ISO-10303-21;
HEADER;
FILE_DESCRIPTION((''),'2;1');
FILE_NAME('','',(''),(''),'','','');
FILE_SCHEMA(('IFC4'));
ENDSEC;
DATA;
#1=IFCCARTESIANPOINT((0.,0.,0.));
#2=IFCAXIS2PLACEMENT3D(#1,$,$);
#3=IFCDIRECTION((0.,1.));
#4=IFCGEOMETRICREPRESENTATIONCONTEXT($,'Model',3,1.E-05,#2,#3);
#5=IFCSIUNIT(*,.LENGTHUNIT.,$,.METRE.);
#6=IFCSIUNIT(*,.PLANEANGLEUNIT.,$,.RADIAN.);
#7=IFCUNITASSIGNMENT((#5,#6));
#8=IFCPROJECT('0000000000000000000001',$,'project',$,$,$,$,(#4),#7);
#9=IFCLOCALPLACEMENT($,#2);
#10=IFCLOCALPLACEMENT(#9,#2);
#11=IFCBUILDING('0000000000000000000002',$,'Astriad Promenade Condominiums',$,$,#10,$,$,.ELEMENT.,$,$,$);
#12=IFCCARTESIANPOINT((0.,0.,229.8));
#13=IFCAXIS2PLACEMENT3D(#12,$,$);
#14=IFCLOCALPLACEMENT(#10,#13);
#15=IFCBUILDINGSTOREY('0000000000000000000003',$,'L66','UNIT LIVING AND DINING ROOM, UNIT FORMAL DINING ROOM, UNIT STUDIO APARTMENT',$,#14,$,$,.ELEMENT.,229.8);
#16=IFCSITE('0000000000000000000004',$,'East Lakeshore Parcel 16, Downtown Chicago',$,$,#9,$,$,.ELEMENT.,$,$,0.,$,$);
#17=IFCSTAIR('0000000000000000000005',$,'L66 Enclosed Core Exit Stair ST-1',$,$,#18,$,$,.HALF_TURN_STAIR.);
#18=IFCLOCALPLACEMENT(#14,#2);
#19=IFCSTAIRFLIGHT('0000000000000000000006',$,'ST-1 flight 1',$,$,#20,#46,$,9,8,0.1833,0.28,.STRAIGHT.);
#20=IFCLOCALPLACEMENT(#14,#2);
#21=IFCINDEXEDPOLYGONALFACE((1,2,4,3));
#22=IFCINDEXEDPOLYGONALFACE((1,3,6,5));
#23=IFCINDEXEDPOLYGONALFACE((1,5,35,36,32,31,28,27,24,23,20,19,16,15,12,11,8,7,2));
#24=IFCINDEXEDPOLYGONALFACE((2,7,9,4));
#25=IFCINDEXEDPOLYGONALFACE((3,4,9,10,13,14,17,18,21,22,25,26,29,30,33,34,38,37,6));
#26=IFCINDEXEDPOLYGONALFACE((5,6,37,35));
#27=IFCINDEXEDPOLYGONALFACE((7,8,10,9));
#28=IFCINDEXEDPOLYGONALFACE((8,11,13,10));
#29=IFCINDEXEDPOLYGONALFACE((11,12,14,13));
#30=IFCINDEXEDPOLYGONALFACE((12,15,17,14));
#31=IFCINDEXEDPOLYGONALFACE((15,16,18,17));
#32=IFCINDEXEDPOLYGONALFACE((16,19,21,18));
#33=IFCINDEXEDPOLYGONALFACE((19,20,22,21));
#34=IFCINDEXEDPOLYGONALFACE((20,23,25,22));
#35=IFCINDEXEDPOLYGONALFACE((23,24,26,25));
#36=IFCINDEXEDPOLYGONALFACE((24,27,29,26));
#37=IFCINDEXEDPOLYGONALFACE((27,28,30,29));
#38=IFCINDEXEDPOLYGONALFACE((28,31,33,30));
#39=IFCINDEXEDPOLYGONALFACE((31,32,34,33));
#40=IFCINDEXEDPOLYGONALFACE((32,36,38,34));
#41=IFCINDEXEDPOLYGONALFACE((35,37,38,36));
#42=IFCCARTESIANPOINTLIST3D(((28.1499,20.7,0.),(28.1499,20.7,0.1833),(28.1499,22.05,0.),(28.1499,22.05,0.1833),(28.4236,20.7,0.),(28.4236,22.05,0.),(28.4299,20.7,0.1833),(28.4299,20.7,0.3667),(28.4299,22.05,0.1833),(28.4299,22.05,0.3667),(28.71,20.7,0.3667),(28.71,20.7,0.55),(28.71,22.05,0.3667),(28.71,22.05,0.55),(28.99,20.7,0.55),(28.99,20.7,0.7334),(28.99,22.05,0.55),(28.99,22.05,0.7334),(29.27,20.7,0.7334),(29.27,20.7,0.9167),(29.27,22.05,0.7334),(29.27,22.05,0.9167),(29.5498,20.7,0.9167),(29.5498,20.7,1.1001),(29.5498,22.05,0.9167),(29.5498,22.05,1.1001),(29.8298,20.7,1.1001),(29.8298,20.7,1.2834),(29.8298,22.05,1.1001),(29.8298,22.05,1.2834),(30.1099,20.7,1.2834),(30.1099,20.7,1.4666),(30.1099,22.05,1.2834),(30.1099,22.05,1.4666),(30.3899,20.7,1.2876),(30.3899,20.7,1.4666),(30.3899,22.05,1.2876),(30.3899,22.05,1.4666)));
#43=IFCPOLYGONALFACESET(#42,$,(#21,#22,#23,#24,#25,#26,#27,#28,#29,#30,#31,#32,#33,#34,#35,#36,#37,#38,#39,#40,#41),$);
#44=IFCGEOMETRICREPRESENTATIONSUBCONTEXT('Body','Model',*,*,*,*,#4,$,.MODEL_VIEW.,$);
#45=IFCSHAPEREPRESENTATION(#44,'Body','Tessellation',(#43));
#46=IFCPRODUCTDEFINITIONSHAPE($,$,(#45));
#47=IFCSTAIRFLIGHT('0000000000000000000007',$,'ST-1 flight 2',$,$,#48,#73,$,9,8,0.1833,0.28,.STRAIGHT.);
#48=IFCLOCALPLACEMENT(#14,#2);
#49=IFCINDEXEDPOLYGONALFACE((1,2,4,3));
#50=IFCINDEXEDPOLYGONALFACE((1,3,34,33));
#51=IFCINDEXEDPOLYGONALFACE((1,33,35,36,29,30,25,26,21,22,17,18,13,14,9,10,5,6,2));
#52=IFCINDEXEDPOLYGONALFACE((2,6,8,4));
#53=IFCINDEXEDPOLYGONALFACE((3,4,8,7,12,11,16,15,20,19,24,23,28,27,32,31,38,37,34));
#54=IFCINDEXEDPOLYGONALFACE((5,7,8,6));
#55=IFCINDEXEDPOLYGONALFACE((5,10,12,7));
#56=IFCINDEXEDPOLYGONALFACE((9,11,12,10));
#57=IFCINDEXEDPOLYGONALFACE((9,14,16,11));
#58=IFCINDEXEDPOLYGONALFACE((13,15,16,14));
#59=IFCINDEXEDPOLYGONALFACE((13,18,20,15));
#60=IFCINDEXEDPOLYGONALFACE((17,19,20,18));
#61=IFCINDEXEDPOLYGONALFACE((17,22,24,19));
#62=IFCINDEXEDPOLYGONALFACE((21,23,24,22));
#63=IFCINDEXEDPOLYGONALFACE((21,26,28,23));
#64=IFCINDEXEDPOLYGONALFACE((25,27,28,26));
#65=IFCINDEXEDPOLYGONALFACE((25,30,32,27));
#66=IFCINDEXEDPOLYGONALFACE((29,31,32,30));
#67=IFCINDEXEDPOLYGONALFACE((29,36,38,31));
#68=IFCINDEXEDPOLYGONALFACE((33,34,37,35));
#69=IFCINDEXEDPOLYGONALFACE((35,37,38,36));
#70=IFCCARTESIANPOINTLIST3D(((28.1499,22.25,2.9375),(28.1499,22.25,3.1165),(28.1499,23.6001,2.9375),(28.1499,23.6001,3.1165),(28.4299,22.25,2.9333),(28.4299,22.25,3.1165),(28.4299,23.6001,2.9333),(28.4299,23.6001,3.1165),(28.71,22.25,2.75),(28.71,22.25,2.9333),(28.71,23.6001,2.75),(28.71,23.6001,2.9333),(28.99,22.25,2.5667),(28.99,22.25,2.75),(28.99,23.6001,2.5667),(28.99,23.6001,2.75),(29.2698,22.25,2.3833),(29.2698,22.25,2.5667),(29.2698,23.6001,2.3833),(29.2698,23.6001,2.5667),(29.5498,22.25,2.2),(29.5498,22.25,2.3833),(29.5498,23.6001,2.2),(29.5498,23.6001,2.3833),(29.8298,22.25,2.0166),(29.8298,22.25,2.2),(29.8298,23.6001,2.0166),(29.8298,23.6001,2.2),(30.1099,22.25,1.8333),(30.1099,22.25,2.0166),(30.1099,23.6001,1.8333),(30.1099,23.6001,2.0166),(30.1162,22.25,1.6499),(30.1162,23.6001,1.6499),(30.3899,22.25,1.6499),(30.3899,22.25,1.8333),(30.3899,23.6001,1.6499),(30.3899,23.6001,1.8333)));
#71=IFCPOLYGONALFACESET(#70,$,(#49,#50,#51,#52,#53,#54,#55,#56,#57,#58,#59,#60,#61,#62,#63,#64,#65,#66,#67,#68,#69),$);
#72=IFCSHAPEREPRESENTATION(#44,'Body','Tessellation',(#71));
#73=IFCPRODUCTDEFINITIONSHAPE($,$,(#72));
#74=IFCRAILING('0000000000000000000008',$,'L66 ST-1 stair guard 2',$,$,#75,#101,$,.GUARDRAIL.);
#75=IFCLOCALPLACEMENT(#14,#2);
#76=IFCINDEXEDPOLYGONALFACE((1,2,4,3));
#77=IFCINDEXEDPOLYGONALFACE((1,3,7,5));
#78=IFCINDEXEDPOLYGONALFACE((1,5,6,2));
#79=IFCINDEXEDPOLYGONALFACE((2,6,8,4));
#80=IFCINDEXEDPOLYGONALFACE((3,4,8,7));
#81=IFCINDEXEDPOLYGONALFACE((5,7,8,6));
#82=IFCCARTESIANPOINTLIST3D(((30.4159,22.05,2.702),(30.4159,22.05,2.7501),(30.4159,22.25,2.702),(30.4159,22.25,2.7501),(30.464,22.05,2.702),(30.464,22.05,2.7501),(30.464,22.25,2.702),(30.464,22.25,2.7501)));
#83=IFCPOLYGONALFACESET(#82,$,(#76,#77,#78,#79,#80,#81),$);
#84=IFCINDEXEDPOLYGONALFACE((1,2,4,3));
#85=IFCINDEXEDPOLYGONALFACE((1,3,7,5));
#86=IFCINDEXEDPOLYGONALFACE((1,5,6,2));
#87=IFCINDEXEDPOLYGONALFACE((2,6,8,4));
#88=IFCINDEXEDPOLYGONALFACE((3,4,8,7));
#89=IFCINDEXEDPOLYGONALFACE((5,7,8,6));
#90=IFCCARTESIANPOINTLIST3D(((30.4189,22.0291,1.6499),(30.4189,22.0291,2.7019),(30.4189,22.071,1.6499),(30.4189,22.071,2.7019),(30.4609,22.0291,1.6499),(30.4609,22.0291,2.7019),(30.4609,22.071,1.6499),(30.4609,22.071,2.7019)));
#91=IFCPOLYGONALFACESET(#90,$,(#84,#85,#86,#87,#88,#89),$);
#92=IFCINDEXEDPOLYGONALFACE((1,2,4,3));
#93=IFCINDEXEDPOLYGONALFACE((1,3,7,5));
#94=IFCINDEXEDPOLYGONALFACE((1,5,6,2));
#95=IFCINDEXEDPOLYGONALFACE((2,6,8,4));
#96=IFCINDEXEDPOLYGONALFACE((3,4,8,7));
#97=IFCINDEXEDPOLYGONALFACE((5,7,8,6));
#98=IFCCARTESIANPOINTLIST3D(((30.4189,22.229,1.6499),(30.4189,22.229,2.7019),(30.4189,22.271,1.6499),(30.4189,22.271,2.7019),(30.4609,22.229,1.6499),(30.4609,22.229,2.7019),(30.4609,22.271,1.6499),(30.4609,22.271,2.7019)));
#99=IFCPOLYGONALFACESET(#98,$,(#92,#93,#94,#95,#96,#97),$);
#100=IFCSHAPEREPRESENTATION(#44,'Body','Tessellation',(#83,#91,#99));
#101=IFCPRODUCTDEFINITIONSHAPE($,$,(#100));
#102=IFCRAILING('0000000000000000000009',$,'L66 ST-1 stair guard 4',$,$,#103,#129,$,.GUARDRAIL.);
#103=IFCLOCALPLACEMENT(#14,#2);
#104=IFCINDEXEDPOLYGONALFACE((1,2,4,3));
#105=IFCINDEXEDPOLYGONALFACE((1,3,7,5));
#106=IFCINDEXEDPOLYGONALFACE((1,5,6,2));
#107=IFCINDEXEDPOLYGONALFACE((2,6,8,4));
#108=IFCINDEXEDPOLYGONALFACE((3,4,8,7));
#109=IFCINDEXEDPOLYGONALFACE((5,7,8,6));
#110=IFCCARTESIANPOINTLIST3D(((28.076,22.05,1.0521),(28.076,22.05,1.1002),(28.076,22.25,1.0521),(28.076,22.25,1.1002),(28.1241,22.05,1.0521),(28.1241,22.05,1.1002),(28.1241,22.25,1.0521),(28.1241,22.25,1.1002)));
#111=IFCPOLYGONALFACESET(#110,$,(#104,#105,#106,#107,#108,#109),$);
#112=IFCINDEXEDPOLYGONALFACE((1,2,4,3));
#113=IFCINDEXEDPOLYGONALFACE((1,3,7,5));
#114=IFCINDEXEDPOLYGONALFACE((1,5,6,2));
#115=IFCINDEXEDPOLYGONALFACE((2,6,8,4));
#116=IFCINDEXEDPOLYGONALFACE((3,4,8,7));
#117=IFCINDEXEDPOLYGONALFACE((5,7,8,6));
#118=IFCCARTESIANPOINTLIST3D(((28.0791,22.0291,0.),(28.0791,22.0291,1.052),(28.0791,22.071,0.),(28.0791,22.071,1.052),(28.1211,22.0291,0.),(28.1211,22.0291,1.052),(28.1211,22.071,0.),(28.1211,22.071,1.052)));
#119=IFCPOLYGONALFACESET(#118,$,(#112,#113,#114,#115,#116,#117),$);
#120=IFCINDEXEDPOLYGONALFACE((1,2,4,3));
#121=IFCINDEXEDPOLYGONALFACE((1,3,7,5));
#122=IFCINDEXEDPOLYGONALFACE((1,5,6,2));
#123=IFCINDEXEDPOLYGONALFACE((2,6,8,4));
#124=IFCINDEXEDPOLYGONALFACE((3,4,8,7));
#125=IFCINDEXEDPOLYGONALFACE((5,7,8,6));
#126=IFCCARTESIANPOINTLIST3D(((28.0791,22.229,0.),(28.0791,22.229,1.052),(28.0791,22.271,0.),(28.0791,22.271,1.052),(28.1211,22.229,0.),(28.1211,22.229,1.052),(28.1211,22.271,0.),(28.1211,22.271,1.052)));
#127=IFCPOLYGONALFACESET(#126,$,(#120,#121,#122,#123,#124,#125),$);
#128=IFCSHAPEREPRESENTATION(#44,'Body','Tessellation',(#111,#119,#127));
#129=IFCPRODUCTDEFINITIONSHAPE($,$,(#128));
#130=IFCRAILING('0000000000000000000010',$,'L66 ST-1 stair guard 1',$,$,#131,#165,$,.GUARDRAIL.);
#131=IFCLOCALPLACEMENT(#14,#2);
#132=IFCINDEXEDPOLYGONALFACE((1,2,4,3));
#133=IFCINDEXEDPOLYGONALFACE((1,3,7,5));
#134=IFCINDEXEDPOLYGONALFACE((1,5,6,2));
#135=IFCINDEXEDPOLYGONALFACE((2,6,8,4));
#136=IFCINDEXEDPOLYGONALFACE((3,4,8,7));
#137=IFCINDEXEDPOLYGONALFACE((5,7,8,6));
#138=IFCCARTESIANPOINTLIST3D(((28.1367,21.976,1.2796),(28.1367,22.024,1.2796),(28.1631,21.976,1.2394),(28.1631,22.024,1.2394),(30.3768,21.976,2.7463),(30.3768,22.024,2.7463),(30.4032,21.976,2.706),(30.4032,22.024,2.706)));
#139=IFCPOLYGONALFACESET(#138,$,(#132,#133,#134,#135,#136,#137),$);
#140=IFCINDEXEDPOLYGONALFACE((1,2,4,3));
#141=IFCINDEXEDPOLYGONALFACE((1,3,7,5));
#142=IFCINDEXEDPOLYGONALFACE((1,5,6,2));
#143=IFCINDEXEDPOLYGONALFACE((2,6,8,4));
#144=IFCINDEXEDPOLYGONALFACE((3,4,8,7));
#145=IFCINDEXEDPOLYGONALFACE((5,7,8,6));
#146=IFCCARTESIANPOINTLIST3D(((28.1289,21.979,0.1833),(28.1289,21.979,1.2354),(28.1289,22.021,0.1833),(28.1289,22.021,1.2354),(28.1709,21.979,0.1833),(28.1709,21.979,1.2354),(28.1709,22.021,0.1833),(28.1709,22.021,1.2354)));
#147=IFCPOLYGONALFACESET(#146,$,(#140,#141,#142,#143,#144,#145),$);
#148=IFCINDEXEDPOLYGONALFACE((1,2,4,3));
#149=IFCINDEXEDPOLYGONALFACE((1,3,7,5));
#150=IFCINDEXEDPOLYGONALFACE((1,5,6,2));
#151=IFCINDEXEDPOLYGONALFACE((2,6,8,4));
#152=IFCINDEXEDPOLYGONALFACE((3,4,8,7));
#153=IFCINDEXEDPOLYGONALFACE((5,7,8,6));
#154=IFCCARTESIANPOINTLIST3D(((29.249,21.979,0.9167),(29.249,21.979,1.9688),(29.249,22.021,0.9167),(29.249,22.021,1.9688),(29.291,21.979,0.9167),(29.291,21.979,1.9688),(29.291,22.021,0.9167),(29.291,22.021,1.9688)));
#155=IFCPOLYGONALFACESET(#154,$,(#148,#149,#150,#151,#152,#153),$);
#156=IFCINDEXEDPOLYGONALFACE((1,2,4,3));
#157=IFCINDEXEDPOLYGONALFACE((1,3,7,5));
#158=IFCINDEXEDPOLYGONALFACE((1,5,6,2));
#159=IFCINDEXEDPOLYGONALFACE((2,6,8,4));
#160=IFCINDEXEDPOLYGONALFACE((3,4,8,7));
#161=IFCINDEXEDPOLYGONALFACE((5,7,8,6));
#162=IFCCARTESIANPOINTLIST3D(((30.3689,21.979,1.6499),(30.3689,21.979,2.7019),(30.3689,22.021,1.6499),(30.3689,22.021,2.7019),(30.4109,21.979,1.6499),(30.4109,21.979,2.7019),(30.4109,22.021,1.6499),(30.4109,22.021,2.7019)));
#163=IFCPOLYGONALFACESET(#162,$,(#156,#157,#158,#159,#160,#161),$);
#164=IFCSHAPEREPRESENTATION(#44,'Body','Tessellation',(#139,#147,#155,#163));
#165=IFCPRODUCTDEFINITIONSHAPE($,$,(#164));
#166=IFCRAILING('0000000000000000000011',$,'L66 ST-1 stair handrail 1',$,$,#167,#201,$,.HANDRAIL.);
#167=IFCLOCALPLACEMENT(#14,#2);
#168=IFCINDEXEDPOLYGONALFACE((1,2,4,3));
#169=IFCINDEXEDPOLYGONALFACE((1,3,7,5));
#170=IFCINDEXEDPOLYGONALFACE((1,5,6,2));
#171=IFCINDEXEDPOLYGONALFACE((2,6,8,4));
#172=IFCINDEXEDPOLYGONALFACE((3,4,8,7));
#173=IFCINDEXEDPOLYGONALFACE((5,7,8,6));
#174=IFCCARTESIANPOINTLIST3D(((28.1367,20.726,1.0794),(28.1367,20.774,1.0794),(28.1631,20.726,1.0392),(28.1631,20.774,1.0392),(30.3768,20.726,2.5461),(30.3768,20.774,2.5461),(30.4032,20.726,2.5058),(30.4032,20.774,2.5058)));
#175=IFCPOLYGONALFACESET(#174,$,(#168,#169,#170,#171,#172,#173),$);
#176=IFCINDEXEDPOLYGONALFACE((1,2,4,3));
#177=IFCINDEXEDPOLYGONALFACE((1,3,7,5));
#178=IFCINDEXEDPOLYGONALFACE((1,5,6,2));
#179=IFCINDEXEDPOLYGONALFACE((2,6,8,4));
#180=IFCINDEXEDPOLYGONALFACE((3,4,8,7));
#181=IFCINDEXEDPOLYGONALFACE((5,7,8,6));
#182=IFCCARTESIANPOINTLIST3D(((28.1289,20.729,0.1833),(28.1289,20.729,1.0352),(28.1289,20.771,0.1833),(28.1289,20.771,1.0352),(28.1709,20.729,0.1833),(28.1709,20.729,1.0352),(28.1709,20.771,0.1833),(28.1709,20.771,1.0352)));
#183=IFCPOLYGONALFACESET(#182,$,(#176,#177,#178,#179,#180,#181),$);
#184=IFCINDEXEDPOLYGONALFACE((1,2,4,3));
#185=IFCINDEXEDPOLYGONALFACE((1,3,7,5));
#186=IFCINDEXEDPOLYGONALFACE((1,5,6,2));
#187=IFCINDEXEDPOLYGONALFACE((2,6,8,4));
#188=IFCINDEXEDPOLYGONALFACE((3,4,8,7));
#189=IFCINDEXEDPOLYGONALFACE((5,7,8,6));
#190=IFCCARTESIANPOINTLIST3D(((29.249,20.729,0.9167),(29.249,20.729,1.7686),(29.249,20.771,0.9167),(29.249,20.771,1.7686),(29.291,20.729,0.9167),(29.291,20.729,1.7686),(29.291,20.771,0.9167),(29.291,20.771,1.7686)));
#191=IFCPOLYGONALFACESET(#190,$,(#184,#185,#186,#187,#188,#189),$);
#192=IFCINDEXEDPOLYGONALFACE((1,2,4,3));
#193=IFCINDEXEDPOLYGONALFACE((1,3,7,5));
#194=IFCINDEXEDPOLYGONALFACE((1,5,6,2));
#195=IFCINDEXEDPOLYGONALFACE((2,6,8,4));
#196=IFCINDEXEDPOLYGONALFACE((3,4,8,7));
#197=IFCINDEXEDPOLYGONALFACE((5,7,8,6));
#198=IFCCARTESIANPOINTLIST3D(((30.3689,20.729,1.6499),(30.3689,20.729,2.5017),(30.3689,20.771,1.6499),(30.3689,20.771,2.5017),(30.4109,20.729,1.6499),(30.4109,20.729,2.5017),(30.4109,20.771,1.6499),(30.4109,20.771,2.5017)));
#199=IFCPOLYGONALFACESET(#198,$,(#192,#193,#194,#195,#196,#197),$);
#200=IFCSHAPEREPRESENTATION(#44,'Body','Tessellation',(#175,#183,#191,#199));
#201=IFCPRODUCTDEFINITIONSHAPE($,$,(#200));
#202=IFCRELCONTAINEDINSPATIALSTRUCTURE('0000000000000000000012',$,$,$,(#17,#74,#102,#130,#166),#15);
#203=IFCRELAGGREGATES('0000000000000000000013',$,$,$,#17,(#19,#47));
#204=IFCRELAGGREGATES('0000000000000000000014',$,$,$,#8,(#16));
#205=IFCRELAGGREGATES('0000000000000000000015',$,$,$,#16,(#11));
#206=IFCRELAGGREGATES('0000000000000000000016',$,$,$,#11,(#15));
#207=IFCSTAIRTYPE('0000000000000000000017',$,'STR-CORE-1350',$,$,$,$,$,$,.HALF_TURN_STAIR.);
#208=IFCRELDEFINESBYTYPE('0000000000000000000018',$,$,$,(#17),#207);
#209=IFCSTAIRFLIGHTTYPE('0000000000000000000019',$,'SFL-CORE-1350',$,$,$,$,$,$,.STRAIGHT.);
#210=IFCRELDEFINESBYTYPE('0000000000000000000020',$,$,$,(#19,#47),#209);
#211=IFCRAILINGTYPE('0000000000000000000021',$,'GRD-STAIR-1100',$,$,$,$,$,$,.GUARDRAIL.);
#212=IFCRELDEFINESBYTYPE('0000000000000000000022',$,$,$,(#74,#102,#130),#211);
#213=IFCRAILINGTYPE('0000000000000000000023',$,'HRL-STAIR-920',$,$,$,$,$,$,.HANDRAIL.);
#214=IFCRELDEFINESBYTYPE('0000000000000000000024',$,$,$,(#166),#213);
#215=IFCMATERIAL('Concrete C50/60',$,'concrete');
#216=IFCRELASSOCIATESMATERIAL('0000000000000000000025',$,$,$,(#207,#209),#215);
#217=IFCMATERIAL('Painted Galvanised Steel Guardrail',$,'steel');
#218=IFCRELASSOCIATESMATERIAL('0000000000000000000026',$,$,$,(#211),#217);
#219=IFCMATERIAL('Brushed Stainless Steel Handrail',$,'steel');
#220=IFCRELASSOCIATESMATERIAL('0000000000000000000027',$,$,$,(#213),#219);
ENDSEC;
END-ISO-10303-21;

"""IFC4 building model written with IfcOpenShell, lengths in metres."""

from ifc_helpers import new_model, si_unit, direction, frame, origin, origin_2d, place, context, subcontext, project, spatial, polyline, rectangle, outline, extrude, source, transform, mapped, material, type_object, type_shapes, element, aggregate, save


model = new_model("IFC4")

# Units and contexts
model_context = context("Model", 3, precision=1e-05, world=origin(), true_north=direction((0.0, 1.0)))
body_context = subcontext(model_context, "Body", "Model", "MODEL_VIEW")
ifc_project = project(units=[si_unit("LENGTHUNIT", "METRE"), si_unit("PLANEANGLEUNIT", "RADIAN")], contexts=[model_context])

# Site, building, storey
site_placement = place(None, origin())
site = spatial("IfcSite", under=ifc_project, at=site_placement, Name="East Lakeshore Parcel 16, Downtown Chicago", CompositionType="ELEMENT", RefElevation=0.0)
building_placement = place(site_placement, origin())
building = spatial("IfcBuilding", under=site, at=building_placement, Name="Astriad Promenade Condominiums", CompositionType="ELEMENT")
storey_placement = place(building_placement, frame((0.0, 0.0, 229.8)))
storey = spatial("IfcBuildingStorey", under=building, at=storey_placement, Name="L66", Description="UNIT LIVING AND DINING ROOM, UNIT FORMAL DINING ROOM, UNIT STUDIO APARTMENT", CompositionType="ELEMENT", Elevation=229.8)

# Stair, stair flights
ifc_material_1 = material(Name="Concrete C50/60", Category="concrete")
stair_type = type_object("IfcStairType", Name="STR-CORE-1350", PredefinedType="HALF_TURN_STAIR", material=ifc_material_1)
stair_placement = place(storey_placement, origin())
stair = element("IfcStair", 1, at=stair_placement, inside=storey, type_object=stair_type, Name="L66 Enclosed Core Exit Stair ST-1", PredefinedType="HALF_TURN_STAIR")
stair_flight_type = type_object("IfcStairFlightType", Name="SFL-CORE-1350", PredefinedType="STRAIGHT", material=ifc_material_1)
shared_shape_1 = source(origin(), body_context, "Body", "SweptSolid", [
    extrude(outline(polyline([(0.0, 0.0), (0.0, 0.1833), (0.28, 0.1833), (0.28, 0.3667), (0.5601, 0.3667), (0.5601, 0.55), (0.8401, 0.55), (0.8401, 0.7334), (1.1201, 0.7334), (1.1201, 0.9167), (1.3999, 0.9167), (1.3999, 1.1001), (1.6799, 1.1001), (1.6799, 1.2834), (1.96, 1.2834), (1.96, 1.4666), (2.24, 1.4666), (2.24, 1.6499), (2.24, 1.2876), (0.2737, 0.0), (0.0, 0.0)])), frame((0.0, 0.675, 0.0), z_axis=(0.0, -1.0, 0.0), x_axis=(1.0, 0.0, 0.0)), (0.0, 0.0, 1.0), 1.3501),
])
type_shapes(stair_flight_type, [shared_shape_1])
stair_flight_1_placement = place(storey_placement, frame((28.1499, 21.375, 0.0), z_axis=(0.0, 0.0, 1.0), x_axis=(1.0, 0.0, 0.0)))
stair_flight_1 = element("IfcStairFlight", 2, at=stair_flight_1_placement, type_object=stair_flight_type, Name="ST-1 flight 1", NumberOfRisers=9, NumberOfTreads=8, PredefinedType="STRAIGHT", RiserHeight=0.1833, TreadLength=0.28, context=body_context, shape_type="MappedRepresentation", body=[
    mapped(shared_shape_1, transform((0.0, 0.0, 0.0), scale=1.0)),
])
stair_flight_2_placement = place(storey_placement, frame((30.3899, 22.925, 1.6499), z_axis=(0.0, 0.0, 1.0), x_axis=(-1.0, 0.0, 0.0)))
stair_flight_2 = element("IfcStairFlight", 3, at=stair_flight_2_placement, type_object=stair_flight_type, Name="ST-1 flight 2", NumberOfRisers=9, NumberOfTreads=8, PredefinedType="STRAIGHT", RiserHeight=0.1833, TreadLength=0.28, context=body_context, shape_type="MappedRepresentation", body=[
    mapped(shared_shape_1, transform((0.0, 0.0, 0.0), scale=1.0)),
])
aggregate(stair, [stair_flight_1, stair_flight_2])

# Railings
ifc_material_2 = material(Name="Painted Galvanised Steel Guardrail", Category="steel")
railing_type_1 = type_object("IfcRailingType", Name="GRD-STAIR-1100", PredefinedType="GUARDRAIL", material=ifc_material_2)
shared_shape_2 = source(origin(), body_context, "Body", "SweptSolid", [
    extrude(rectangle(XDim=0.0481, YDim=0.0481, at=origin_2d()), frame((0.0, 0.0, 1.0762), z_axis=(0.0, 1.0, 0.0), x_axis=(-1.0, 0.0, 0.0)), (0.0, 0.0, 1.0), 0.2),
    extrude(rectangle(XDim=0.042, YDim=0.042, at=origin_2d()), origin(), (0.0, 0.0, 1.0), 1.052),
    extrude(rectangle(XDim=0.042, YDim=0.042, at=origin_2d()), frame((0.0, 0.2, 0.0)), (0.0, 0.0, 1.0), 1.052),
])
for number, where, name in (
    (4, (30.4399, 22.05, 1.6499), "L66 ST-1 stair guard 2"),
    (5, (28.1001, 22.05, 0.0), "L66 ST-1 stair guard 4"),
):
    element("IfcRailing", number, at=place(storey_placement, frame(where)), inside=storey, type_object=railing_type_1, Name=name, PredefinedType="GUARDRAIL", context=body_context, shape_type="MappedRepresentation", body=[
        mapped(shared_shape_2, transform((0.0, 0.0, 0.0), scale=1.0)),
    ])
shared_shape_3 = source(origin(), body_context, "Body", "SweptSolid", [
    extrude(rectangle(XDim=0.0481, YDim=0.0481, at=origin_2d()), frame((0.0, 0.0, 1.0762), z_axis=(0.836637, 0.0, 0.547758), x_axis=(0.0, 1.0, 0.0)), (0.0, 0.0, 1.0), 2.6775),
    extrude(rectangle(XDim=0.042, YDim=0.042, at=origin_2d()), origin(), (0.0, 0.0, 1.0), 1.052),
    extrude(rectangle(XDim=0.042, YDim=0.042, at=origin_2d()), frame((1.1201, 0.0, 0.7334)), (0.0, 0.0, 1.0), 1.052),
    extrude(rectangle(XDim=0.042, YDim=0.042, at=origin_2d()), frame((2.24, 0.0, 1.4666)), (0.0, 0.0, 1.0), 1.052),
])
railing_1_placement = place(storey_placement, frame((28.1499, 22.0, 0.1833)))
element("IfcRailing", 6, at=railing_1_placement, inside=storey, type_object=railing_type_1, Name="L66 ST-1 stair guard 1", PredefinedType="GUARDRAIL", context=body_context, shape_type="MappedRepresentation", body=[
    mapped(shared_shape_3, transform((0.0, 0.0, 0.0), scale=1.0)),
])
ifc_material_3 = material(Name="Brushed Stainless Steel Handrail", Category="steel")
railing_type_2 = type_object("IfcRailingType", Name="HRL-STAIR-920", PredefinedType="HANDRAIL", material=ifc_material_3)
shared_shape_4 = source(origin(), body_context, "Body", "SweptSolid", [
    extrude(rectangle(XDim=0.0481, YDim=0.0481, at=origin_2d()), frame((0.0, 0.0, 0.876), z_axis=(0.836637, 0.0, 0.547758), x_axis=(0.0, 1.0, 0.0)), (0.0, 0.0, 1.0), 2.6775),
    extrude(rectangle(XDim=0.042, YDim=0.042, at=origin_2d()), origin(), (0.0, 0.0, 1.0), 0.8518),
    extrude(rectangle(XDim=0.042, YDim=0.042, at=origin_2d()), frame((1.1201, 0.0, 0.7334)), (0.0, 0.0, 1.0), 0.8518),
    extrude(rectangle(XDim=0.042, YDim=0.042, at=origin_2d()), frame((2.24, 0.0, 1.4666)), (0.0, 0.0, 1.0), 0.8518),
])
railing_2_placement = place(storey_placement, frame((28.1499, 20.75, 0.1833)))
element("IfcRailing", 7, at=railing_2_placement, inside=storey, type_object=railing_type_2, Name="L66 ST-1 stair handrail 1", PredefinedType="HANDRAIL", context=body_context, shape_type="MappedRepresentation", body=[
    mapped(shared_shape_4, transform((0.0, 0.0, 0.0), scale=1.0)),
])

save(model, "model.ifc")
